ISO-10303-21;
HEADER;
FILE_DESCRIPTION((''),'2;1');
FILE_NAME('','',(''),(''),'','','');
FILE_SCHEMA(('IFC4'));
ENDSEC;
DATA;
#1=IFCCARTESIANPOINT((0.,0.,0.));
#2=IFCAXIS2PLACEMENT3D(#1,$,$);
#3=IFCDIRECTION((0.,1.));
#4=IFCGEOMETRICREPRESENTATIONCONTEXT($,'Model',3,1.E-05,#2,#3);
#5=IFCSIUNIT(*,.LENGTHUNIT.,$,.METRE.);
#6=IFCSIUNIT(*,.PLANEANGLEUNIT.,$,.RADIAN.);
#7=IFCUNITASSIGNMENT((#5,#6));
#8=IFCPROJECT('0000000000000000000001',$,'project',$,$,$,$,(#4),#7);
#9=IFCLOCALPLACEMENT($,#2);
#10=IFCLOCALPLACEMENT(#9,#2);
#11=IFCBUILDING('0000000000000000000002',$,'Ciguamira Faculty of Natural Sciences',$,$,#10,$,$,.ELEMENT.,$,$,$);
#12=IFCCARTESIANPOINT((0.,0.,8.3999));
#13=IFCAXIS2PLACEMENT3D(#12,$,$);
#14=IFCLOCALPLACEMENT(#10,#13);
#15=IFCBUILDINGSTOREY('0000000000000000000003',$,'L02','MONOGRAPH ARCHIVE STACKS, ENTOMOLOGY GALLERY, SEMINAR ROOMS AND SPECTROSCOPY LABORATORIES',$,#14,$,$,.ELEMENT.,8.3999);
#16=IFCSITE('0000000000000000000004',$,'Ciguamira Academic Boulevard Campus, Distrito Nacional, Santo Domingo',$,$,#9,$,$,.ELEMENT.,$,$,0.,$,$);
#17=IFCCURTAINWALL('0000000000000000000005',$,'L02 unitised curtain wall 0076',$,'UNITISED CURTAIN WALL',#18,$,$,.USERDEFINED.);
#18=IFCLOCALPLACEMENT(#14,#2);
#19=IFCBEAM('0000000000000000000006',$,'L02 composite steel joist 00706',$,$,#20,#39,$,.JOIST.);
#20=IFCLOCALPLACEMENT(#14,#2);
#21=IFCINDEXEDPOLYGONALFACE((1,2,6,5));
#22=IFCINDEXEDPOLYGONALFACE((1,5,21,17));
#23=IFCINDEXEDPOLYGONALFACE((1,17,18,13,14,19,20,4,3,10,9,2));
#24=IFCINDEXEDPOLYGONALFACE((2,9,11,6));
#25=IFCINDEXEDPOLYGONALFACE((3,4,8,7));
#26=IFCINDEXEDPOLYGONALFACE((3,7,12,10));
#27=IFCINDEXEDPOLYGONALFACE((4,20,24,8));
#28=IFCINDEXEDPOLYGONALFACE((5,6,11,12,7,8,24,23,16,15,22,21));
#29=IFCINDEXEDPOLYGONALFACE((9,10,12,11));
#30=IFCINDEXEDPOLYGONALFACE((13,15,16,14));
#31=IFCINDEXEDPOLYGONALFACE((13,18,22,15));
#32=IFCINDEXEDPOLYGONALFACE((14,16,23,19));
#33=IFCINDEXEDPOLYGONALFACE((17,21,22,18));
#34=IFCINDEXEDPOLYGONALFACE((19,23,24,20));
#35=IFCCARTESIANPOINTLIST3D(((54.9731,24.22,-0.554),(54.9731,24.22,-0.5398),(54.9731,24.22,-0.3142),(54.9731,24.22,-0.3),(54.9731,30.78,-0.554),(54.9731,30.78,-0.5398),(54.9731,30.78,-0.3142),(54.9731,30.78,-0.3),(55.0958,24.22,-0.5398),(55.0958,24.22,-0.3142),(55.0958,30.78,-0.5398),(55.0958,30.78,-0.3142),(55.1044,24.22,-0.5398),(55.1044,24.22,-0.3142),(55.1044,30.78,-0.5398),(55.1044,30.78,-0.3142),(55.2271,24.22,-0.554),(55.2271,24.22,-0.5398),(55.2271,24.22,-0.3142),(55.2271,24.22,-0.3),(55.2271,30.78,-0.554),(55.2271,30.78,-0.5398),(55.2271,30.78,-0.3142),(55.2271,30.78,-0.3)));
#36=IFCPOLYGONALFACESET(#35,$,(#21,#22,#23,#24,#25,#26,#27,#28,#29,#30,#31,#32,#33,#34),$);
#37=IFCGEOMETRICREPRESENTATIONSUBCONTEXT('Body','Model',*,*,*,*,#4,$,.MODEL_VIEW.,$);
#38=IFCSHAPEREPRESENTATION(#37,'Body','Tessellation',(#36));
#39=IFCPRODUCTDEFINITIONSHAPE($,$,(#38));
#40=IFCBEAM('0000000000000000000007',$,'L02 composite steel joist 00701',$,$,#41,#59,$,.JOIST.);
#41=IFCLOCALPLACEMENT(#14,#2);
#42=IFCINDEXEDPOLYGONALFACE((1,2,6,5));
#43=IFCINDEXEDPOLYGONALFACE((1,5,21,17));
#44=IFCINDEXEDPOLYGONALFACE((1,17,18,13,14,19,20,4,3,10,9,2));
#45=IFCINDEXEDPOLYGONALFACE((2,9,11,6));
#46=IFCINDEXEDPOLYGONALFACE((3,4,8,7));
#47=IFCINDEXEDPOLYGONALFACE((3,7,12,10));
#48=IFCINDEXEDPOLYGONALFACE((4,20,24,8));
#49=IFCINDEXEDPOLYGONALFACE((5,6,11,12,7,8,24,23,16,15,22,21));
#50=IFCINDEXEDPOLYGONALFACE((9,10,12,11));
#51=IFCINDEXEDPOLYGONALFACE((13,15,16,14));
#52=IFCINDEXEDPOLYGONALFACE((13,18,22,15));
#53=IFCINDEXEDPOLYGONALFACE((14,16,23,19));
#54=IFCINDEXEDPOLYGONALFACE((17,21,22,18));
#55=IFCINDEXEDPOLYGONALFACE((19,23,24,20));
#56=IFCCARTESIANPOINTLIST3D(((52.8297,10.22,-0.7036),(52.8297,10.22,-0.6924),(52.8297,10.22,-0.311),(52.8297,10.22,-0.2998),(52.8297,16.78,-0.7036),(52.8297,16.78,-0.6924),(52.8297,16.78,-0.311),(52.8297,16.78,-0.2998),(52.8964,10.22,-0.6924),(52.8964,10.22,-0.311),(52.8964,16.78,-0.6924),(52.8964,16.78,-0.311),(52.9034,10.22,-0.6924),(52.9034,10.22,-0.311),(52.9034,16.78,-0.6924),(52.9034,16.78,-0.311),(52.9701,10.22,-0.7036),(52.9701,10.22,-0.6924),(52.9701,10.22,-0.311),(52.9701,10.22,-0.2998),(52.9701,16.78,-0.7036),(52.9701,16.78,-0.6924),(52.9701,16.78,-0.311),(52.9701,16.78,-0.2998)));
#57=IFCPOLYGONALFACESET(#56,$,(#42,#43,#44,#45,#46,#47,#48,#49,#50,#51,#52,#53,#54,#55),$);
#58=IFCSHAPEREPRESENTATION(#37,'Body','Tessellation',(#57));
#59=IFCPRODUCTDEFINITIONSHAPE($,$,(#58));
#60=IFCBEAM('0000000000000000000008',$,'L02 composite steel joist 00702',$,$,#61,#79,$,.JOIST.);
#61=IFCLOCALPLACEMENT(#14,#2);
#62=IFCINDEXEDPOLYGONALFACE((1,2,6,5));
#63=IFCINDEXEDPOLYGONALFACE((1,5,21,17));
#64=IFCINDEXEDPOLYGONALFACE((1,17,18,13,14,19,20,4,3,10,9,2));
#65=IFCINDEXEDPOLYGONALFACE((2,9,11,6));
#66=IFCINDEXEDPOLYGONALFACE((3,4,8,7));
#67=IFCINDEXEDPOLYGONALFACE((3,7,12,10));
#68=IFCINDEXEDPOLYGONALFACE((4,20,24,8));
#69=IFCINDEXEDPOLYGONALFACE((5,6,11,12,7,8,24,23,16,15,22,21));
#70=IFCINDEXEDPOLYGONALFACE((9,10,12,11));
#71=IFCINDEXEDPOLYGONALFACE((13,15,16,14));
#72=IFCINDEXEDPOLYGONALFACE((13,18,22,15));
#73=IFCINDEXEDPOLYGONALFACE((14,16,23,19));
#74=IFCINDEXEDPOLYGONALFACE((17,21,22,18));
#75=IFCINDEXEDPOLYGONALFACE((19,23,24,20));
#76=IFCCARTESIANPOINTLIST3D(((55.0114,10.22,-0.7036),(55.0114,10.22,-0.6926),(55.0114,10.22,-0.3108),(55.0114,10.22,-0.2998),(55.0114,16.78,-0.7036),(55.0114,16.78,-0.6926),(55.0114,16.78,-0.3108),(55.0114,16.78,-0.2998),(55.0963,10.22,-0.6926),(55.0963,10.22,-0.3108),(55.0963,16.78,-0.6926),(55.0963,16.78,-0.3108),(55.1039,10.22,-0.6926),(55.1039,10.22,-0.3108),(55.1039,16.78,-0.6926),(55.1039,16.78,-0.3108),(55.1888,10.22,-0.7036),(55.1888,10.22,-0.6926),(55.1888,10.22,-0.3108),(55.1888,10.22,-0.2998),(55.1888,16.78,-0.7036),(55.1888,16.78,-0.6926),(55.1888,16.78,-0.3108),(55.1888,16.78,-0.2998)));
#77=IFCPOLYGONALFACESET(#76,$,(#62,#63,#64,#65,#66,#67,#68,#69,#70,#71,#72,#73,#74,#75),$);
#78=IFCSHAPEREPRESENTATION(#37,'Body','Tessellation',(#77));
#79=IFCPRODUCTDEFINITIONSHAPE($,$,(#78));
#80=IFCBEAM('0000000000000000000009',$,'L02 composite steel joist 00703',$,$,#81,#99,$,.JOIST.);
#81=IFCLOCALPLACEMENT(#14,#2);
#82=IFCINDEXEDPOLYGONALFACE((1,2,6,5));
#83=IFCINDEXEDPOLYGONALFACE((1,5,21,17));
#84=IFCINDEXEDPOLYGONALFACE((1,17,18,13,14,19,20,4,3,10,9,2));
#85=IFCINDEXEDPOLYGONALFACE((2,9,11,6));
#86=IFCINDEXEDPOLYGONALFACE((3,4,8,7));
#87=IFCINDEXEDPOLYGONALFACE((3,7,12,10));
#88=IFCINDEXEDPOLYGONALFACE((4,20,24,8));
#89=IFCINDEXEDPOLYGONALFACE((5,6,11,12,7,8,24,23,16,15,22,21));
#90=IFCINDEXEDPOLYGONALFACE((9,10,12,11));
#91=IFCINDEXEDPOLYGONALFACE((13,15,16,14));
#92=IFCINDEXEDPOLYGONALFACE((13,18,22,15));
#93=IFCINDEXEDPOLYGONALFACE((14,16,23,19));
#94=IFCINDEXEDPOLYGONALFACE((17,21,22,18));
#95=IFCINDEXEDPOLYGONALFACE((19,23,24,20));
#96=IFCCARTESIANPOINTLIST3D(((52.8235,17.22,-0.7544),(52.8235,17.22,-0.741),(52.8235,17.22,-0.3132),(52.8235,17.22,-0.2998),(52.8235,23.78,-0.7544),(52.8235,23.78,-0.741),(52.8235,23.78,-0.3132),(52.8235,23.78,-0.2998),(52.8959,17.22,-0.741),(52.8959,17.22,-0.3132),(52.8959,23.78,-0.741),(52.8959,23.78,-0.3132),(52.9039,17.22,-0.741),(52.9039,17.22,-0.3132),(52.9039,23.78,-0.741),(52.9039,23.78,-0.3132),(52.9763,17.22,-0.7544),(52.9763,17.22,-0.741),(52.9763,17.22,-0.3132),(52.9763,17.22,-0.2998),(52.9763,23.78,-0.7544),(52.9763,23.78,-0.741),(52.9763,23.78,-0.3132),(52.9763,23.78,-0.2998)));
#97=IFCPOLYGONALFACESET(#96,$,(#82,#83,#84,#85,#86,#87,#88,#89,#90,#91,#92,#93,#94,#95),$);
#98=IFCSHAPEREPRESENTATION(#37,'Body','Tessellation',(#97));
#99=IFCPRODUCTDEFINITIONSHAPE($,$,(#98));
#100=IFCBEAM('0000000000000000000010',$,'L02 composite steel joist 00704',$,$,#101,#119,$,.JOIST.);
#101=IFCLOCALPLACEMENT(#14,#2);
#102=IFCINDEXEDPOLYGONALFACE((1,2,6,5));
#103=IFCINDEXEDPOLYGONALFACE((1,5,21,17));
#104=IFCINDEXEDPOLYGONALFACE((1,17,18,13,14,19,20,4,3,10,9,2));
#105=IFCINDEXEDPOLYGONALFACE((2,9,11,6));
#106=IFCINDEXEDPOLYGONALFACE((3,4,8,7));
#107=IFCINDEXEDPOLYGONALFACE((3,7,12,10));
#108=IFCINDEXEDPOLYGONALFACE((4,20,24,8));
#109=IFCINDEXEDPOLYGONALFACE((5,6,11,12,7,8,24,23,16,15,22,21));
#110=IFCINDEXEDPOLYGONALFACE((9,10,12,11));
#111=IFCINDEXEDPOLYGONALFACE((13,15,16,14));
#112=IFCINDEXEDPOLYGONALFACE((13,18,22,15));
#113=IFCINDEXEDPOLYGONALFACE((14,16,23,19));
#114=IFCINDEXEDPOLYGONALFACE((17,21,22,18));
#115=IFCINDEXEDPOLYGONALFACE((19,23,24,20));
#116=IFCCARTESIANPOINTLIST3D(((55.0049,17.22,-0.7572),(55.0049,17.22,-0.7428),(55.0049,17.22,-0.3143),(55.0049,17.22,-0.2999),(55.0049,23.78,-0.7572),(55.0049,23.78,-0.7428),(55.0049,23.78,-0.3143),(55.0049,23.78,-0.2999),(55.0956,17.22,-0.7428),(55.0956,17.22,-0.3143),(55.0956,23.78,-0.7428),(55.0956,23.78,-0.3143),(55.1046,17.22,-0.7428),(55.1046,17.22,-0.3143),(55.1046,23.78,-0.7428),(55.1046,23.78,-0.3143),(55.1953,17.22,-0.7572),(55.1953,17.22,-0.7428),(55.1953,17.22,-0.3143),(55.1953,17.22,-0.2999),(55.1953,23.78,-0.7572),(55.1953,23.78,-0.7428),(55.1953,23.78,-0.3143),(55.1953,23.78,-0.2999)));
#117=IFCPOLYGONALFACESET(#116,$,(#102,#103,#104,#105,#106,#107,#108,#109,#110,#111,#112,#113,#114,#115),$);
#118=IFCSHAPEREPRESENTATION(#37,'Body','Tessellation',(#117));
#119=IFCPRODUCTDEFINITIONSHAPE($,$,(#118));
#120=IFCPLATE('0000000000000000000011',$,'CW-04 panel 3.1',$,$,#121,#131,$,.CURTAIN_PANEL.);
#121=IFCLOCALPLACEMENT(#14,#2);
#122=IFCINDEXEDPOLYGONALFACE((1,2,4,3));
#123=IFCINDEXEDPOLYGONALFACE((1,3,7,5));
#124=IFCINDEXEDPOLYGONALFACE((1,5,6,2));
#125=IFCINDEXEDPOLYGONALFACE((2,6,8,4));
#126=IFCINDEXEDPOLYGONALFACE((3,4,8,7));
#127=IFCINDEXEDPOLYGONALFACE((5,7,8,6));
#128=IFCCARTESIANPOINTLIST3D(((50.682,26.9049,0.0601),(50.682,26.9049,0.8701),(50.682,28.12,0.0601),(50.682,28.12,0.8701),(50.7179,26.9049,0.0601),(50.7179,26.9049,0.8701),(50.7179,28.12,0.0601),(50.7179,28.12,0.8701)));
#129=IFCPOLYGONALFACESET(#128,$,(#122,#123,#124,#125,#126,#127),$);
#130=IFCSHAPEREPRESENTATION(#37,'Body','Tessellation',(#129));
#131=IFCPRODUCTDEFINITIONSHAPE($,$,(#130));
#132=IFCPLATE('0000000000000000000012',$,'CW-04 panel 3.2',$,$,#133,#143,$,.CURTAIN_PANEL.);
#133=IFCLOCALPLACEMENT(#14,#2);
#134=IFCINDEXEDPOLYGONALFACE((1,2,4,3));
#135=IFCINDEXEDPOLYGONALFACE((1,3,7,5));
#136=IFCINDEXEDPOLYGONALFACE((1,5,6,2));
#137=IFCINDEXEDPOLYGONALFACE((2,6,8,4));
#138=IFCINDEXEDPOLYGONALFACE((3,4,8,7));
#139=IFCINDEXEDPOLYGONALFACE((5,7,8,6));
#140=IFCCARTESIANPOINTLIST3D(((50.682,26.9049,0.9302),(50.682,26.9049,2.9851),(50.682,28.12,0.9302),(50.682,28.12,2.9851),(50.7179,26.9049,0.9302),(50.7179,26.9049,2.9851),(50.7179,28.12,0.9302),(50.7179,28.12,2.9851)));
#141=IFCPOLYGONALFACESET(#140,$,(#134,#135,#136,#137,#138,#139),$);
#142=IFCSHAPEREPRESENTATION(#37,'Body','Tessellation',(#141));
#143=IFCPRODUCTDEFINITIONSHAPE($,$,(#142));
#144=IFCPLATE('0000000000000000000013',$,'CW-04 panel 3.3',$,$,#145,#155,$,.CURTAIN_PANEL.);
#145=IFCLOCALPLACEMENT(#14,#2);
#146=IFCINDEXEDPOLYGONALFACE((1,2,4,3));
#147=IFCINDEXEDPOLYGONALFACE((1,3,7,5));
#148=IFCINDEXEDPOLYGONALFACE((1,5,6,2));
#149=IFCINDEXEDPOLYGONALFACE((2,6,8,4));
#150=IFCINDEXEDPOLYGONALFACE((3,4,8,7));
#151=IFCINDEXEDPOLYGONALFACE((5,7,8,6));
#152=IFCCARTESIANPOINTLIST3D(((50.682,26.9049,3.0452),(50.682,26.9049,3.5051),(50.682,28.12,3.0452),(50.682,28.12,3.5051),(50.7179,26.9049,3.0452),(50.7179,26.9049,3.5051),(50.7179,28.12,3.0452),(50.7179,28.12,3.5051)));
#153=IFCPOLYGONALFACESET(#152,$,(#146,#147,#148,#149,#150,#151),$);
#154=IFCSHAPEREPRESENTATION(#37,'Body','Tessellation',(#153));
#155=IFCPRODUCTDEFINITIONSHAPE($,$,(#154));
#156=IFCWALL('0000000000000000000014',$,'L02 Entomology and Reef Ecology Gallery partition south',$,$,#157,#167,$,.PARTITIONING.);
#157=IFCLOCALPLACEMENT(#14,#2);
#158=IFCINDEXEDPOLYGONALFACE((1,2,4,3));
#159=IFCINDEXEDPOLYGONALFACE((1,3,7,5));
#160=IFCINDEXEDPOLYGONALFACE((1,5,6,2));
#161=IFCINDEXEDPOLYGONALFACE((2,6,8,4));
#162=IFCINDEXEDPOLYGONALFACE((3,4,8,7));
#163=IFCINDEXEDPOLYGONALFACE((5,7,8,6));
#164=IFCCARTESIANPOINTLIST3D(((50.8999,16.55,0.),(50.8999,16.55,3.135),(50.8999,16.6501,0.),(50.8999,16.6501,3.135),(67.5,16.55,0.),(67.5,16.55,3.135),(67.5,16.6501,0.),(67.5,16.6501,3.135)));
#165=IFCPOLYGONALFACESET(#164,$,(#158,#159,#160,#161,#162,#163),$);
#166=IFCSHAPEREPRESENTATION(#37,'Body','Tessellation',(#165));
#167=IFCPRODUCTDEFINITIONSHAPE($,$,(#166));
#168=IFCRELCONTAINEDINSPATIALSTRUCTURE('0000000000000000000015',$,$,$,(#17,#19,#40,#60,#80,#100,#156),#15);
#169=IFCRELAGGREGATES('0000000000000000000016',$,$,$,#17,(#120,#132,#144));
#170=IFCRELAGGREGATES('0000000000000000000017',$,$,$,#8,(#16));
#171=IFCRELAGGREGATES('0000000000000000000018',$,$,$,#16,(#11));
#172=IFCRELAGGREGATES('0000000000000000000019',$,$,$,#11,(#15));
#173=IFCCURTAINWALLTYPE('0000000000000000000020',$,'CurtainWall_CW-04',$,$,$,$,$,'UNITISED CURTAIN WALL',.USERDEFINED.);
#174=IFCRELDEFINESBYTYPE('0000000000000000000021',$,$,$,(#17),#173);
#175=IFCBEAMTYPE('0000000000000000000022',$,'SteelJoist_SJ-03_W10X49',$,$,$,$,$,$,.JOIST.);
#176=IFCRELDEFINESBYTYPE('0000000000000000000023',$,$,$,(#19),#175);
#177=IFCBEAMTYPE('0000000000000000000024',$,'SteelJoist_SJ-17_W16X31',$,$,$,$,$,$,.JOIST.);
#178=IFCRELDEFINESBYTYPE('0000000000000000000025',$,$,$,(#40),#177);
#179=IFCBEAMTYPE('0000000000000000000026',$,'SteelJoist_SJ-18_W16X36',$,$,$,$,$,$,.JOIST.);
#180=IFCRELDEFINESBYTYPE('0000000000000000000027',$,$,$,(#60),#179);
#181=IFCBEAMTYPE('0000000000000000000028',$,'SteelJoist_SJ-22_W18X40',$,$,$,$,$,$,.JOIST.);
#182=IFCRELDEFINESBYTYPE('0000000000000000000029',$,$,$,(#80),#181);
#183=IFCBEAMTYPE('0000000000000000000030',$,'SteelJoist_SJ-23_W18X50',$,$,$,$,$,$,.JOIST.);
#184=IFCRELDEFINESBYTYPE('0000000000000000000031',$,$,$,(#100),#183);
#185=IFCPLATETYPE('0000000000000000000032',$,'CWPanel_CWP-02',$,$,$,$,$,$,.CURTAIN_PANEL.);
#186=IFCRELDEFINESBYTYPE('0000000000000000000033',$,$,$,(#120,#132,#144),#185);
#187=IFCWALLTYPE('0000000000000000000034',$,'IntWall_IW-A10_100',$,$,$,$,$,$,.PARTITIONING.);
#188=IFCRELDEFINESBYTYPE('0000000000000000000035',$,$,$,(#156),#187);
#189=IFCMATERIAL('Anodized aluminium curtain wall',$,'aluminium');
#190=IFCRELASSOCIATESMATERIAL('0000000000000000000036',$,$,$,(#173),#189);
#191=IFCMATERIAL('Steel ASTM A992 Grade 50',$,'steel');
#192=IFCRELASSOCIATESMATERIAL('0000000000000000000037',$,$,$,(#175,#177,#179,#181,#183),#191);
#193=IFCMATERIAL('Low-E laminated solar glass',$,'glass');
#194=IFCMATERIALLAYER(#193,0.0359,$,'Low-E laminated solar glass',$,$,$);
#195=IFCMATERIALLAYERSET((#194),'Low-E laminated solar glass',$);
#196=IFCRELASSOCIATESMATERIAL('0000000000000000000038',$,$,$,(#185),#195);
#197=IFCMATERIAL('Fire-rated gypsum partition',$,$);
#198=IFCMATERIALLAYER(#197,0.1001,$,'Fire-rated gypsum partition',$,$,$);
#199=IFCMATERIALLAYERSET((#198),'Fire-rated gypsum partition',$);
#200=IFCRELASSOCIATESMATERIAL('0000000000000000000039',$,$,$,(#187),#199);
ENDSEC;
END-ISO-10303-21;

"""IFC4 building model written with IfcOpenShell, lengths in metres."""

from ifc_helpers import new_model, si_unit, direction, frame, frame_2d, origin, origin_2d, place, context, subcontext, project, spatial, rectangle, i_section, extrude, material, layer, layer_set, material_profile, profile_set, type_object, element, aggregate, save


model = new_model("IFC4")

# Units and contexts
model_context = context("Model", 3, precision=1e-05, world=origin(), true_north=direction((0.0, 1.0)))
body_context = subcontext(model_context, "Body", "Model", "MODEL_VIEW")
ifc_project = project(units=[si_unit("LENGTHUNIT", "METRE"), si_unit("PLANEANGLEUNIT", "RADIAN")], contexts=[model_context])

# Site, building, storey
site_placement = place(None, origin())
site = spatial("IfcSite", under=ifc_project, at=site_placement, Name="Ciguamira Academic Boulevard Campus, Distrito Nacional, Santo Domingo", CompositionType="ELEMENT", RefElevation=0.0)
building_placement = place(site_placement, origin())
building = spatial("IfcBuilding", under=site, at=building_placement, Name="Ciguamira Faculty of Natural Sciences", CompositionType="ELEMENT")
storey_placement = place(building_placement, frame((0.0, 0.0, 8.3999)))
storey = spatial("IfcBuildingStorey", under=building, at=storey_placement, Name="L02", Description="MONOGRAPH ARCHIVE STACKS, ENTOMOLOGY GALLERY, SEMINAR ROOMS AND SPECTROSCOPY LABORATORIES", CompositionType="ELEMENT", Elevation=8.3999)

# Curtain wall
ifc_material_1 = material(Name="Anodized aluminium curtain wall", Category="aluminium")
curtain_wall_type = type_object("IfcCurtainWallType", Name="CurtainWall_CW-04", ElementType="UNITISED CURTAIN WALL", PredefinedType="USERDEFINED", material=ifc_material_1)
curtain_wall_placement = place(storey_placement, origin())
curtain_wall = element("IfcCurtainWall", 1, at=curtain_wall_placement, inside=storey, type_object=curtain_wall_type, Name="L02 unitised curtain wall 0076", ObjectType="UNITISED CURTAIN WALL", PredefinedType="USERDEFINED")

# Beams
ifc_material_2 = material(Name="Steel ASTM A992 Grade 50", Category="steel")
ifc_material_profile_1 = material_profile(ifc_material_2, i_section(OverallWidth=0.2539, OverallDepth=0.2539, WebThickness=0.0085, FlangeThickness=0.0142, at=origin_2d()), Name="W10X49")
ifc_profile_set_1 = profile_set([ifc_material_profile_1], Name="Steel ASTM A992 Grade 50")
beam_type_1 = type_object("IfcBeamType", Name="SteelJoist_SJ-03_W10X49", PredefinedType="JOIST", material=ifc_profile_set_1)
beam_1_placement = place(storey_placement, frame((55.1001, 24.22, -0.427), z_axis=(0.0, 1.0, 0.0), x_axis=(-1.0, 0.0, 0.0)))
element("IfcBeam", 2, at=beam_1_placement, inside=storey, type_object=beam_type_1, Name="L02 composite steel joist 00706", PredefinedType="JOIST", context=body_context, shape_type="SweptSolid", body=[
    extrude(i_section(OverallWidth=0.2539, OverallDepth=0.2539, WebThickness=0.0085, FlangeThickness=0.0142, at=origin_2d()), origin(), (0.0, 0.0, 1.0), 6.5601),
])
ifc_material_profile_2 = material_profile(ifc_material_2, i_section(OverallWidth=0.1404, OverallDepth=0.4038, WebThickness=0.0071, FlangeThickness=0.0112, at=origin_2d()), Name="W16X31")
ifc_profile_set_2 = profile_set([ifc_material_profile_2], Name="Steel ASTM A992 Grade 50")
beam_type_2 = type_object("IfcBeamType", Name="SteelJoist_SJ-17_W16X31", PredefinedType="JOIST", material=ifc_profile_set_2)
beam_2_placement = place(storey_placement, frame((52.8999, 10.22, -0.5017), z_axis=(0.0, 1.0, 0.0), x_axis=(-1.0, 0.0, 0.0)))
element("IfcBeam", 3, at=beam_2_placement, inside=storey, type_object=beam_type_2, Name="L02 composite steel joist 00701", PredefinedType="JOIST", context=body_context, shape_type="SweptSolid", body=[
    extrude(i_section(OverallWidth=0.1404, OverallDepth=0.4038, WebThickness=0.0071, FlangeThickness=0.0112, at=origin_2d()), origin(), (0.0, 0.0, 1.0), 6.5601),
])
ifc_material_profile_3 = material_profile(ifc_material_2, i_section(OverallWidth=0.1775, OverallDepth=0.4038, WebThickness=0.0076, FlangeThickness=0.011, at=origin_2d()), Name="W16X36")
ifc_profile_set_3 = profile_set([ifc_material_profile_3], Name="Steel ASTM A992 Grade 50")
beam_type_3 = type_object("IfcBeamType", Name="SteelJoist_SJ-18_W16X36", PredefinedType="JOIST", material=ifc_profile_set_3)
beam_3_placement = place(storey_placement, frame((55.1001, 10.22, -0.5017), z_axis=(0.0, 1.0, 0.0), x_axis=(-1.0, 0.0, 0.0)))
element("IfcBeam", 4, at=beam_3_placement, inside=storey, type_object=beam_type_3, Name="L02 composite steel joist 00702", PredefinedType="JOIST", context=body_context, shape_type="SweptSolid", body=[
    extrude(i_section(OverallWidth=0.1775, OverallDepth=0.4038, WebThickness=0.0076, FlangeThickness=0.011, at=origin_2d()), origin(), (0.0, 0.0, 1.0), 6.5601),
])
ifc_material_profile_4 = material_profile(ifc_material_2, i_section(OverallWidth=0.1528, OverallDepth=0.4546, WebThickness=0.0081, FlangeThickness=0.0134, at=origin_2d()), Name="W18X40")
ifc_profile_set_4 = profile_set([ifc_material_profile_4], Name="Steel ASTM A992 Grade 50")
beam_type_4 = type_object("IfcBeamType", Name="SteelJoist_SJ-22_W18X40", PredefinedType="JOIST", material=ifc_profile_set_4)
beam_4_placement = place(storey_placement, frame((52.8999, 17.22, -0.5271), z_axis=(0.0, 1.0, 0.0), x_axis=(-1.0, 0.0, 0.0)))
element("IfcBeam", 5, at=beam_4_placement, inside=storey, type_object=beam_type_4, Name="L02 composite steel joist 00703", PredefinedType="JOIST", context=body_context, shape_type="SweptSolid", body=[
    extrude(i_section(OverallWidth=0.1528, OverallDepth=0.4546, WebThickness=0.0081, FlangeThickness=0.0134, at=origin_2d()), origin(), (0.0, 0.0, 1.0), 6.5601),
])
ifc_material_profile_5 = material_profile(ifc_material_2, i_section(OverallWidth=0.1904, OverallDepth=0.4573, WebThickness=0.009, FlangeThickness=0.0144, at=origin_2d()), Name="W18X50")
ifc_profile_set_5 = profile_set([ifc_material_profile_5], Name="Steel ASTM A992 Grade 50")
beam_type_5 = type_object("IfcBeamType", Name="SteelJoist_SJ-23_W18X50", PredefinedType="JOIST", material=ifc_profile_set_5)
beam_5_placement = place(storey_placement, frame((55.1001, 17.22, -0.5286), z_axis=(0.0, 1.0, 0.0), x_axis=(-1.0, 0.0, 0.0)))
element("IfcBeam", 6, at=beam_5_placement, inside=storey, type_object=beam_type_5, Name="L02 composite steel joist 00704", PredefinedType="JOIST", context=body_context, shape_type="SweptSolid", body=[
    extrude(i_section(OverallWidth=0.1904, OverallDepth=0.4573, WebThickness=0.009, FlangeThickness=0.0144, at=origin_2d()), origin(), (0.0, 0.0, 1.0), 6.5601),
])

# Plates
ifc_material_3 = material(Name="Low-E laminated solar glass", Category="glass")
ifc_layer_1 = layer(ifc_material_3, 0.0359, Name="Low-E laminated solar glass")
ifc_layer_set_1 = layer_set([ifc_layer_1], Name="Low-E laminated solar glass")
plate_type = type_object("IfcPlateType", Name="CWPanel_CWP-02", PredefinedType="CURTAIN_PANEL", material=ifc_layer_set_1)
plate_1_placement = place(storey_placement, frame((50.7, 27.5125, 0.0601), z_axis=(0.0, 0.0, 1.0), x_axis=(0.0, 1.0, 0.0)))
plate_1 = element("IfcPlate", 7, at=plate_1_placement, type_object=plate_type, Name="CW-04 panel 3.1", PredefinedType="CURTAIN_PANEL", context=body_context, shape_type="SweptSolid", body=[
    extrude(rectangle(XDim=1.2151, YDim=0.0359, at=origin_2d()), origin(), (0.0, 0.0, 1.0), 0.8101),
])
plate_2_placement = place(storey_placement, frame((50.7, 27.5125, 0.9302), z_axis=(0.0, 0.0, 1.0), x_axis=(0.0, 1.0, 0.0)))
plate_2 = element("IfcPlate", 8, at=plate_2_placement, type_object=plate_type, Name="CW-04 panel 3.2", PredefinedType="CURTAIN_PANEL", context=body_context, shape_type="SweptSolid", body=[
    extrude(rectangle(XDim=1.2151, YDim=0.0359, at=origin_2d()), origin(), (0.0, 0.0, 1.0), 2.0549),
])
plate_3_placement = place(storey_placement, frame((50.7, 27.5125, 3.0452), z_axis=(0.0, 0.0, 1.0), x_axis=(0.0, 1.0, 0.0)))
plate_3 = element("IfcPlate", 9, at=plate_3_placement, type_object=plate_type, Name="CW-04 panel 3.3", PredefinedType="CURTAIN_PANEL", context=body_context, shape_type="SweptSolid", body=[
    extrude(rectangle(XDim=1.2151, YDim=0.0359, at=origin_2d()), origin(), (0.0, 0.0, 1.0), 0.46),
])
aggregate(curtain_wall, [plate_1, plate_2, plate_3])

# Wall
ifc_material_4 = material(Name="Fire-rated gypsum partition")
ifc_layer_2 = layer(ifc_material_4, 0.1001, Name="Fire-rated gypsum partition")
ifc_layer_set_2 = layer_set([ifc_layer_2], Name="Fire-rated gypsum partition")
wall_type = type_object("IfcWallType", Name="IntWall_IW-A10_100", PredefinedType="PARTITIONING", material=ifc_layer_set_2)
wall_1_placement = place(storey_placement, frame((50.8999, 16.6001, 0.0), z_axis=(0.0, 0.0, 1.0), x_axis=(1.0, 0.0, 0.0)))
element("IfcWall", 10, at=wall_1_placement, inside=storey, type_object=wall_type, Name="L02 Entomology and Reef Ecology Gallery partition south", PredefinedType="PARTITIONING", context=body_context, shape_type="SweptSolid", body=[
    extrude(rectangle(XDim=16.6001, YDim=0.1001, at=frame_2d((8.3, 0.0))), origin(), (0.0, 0.0, 1.0), 3.135),
])

save(model, "model.ifc")
